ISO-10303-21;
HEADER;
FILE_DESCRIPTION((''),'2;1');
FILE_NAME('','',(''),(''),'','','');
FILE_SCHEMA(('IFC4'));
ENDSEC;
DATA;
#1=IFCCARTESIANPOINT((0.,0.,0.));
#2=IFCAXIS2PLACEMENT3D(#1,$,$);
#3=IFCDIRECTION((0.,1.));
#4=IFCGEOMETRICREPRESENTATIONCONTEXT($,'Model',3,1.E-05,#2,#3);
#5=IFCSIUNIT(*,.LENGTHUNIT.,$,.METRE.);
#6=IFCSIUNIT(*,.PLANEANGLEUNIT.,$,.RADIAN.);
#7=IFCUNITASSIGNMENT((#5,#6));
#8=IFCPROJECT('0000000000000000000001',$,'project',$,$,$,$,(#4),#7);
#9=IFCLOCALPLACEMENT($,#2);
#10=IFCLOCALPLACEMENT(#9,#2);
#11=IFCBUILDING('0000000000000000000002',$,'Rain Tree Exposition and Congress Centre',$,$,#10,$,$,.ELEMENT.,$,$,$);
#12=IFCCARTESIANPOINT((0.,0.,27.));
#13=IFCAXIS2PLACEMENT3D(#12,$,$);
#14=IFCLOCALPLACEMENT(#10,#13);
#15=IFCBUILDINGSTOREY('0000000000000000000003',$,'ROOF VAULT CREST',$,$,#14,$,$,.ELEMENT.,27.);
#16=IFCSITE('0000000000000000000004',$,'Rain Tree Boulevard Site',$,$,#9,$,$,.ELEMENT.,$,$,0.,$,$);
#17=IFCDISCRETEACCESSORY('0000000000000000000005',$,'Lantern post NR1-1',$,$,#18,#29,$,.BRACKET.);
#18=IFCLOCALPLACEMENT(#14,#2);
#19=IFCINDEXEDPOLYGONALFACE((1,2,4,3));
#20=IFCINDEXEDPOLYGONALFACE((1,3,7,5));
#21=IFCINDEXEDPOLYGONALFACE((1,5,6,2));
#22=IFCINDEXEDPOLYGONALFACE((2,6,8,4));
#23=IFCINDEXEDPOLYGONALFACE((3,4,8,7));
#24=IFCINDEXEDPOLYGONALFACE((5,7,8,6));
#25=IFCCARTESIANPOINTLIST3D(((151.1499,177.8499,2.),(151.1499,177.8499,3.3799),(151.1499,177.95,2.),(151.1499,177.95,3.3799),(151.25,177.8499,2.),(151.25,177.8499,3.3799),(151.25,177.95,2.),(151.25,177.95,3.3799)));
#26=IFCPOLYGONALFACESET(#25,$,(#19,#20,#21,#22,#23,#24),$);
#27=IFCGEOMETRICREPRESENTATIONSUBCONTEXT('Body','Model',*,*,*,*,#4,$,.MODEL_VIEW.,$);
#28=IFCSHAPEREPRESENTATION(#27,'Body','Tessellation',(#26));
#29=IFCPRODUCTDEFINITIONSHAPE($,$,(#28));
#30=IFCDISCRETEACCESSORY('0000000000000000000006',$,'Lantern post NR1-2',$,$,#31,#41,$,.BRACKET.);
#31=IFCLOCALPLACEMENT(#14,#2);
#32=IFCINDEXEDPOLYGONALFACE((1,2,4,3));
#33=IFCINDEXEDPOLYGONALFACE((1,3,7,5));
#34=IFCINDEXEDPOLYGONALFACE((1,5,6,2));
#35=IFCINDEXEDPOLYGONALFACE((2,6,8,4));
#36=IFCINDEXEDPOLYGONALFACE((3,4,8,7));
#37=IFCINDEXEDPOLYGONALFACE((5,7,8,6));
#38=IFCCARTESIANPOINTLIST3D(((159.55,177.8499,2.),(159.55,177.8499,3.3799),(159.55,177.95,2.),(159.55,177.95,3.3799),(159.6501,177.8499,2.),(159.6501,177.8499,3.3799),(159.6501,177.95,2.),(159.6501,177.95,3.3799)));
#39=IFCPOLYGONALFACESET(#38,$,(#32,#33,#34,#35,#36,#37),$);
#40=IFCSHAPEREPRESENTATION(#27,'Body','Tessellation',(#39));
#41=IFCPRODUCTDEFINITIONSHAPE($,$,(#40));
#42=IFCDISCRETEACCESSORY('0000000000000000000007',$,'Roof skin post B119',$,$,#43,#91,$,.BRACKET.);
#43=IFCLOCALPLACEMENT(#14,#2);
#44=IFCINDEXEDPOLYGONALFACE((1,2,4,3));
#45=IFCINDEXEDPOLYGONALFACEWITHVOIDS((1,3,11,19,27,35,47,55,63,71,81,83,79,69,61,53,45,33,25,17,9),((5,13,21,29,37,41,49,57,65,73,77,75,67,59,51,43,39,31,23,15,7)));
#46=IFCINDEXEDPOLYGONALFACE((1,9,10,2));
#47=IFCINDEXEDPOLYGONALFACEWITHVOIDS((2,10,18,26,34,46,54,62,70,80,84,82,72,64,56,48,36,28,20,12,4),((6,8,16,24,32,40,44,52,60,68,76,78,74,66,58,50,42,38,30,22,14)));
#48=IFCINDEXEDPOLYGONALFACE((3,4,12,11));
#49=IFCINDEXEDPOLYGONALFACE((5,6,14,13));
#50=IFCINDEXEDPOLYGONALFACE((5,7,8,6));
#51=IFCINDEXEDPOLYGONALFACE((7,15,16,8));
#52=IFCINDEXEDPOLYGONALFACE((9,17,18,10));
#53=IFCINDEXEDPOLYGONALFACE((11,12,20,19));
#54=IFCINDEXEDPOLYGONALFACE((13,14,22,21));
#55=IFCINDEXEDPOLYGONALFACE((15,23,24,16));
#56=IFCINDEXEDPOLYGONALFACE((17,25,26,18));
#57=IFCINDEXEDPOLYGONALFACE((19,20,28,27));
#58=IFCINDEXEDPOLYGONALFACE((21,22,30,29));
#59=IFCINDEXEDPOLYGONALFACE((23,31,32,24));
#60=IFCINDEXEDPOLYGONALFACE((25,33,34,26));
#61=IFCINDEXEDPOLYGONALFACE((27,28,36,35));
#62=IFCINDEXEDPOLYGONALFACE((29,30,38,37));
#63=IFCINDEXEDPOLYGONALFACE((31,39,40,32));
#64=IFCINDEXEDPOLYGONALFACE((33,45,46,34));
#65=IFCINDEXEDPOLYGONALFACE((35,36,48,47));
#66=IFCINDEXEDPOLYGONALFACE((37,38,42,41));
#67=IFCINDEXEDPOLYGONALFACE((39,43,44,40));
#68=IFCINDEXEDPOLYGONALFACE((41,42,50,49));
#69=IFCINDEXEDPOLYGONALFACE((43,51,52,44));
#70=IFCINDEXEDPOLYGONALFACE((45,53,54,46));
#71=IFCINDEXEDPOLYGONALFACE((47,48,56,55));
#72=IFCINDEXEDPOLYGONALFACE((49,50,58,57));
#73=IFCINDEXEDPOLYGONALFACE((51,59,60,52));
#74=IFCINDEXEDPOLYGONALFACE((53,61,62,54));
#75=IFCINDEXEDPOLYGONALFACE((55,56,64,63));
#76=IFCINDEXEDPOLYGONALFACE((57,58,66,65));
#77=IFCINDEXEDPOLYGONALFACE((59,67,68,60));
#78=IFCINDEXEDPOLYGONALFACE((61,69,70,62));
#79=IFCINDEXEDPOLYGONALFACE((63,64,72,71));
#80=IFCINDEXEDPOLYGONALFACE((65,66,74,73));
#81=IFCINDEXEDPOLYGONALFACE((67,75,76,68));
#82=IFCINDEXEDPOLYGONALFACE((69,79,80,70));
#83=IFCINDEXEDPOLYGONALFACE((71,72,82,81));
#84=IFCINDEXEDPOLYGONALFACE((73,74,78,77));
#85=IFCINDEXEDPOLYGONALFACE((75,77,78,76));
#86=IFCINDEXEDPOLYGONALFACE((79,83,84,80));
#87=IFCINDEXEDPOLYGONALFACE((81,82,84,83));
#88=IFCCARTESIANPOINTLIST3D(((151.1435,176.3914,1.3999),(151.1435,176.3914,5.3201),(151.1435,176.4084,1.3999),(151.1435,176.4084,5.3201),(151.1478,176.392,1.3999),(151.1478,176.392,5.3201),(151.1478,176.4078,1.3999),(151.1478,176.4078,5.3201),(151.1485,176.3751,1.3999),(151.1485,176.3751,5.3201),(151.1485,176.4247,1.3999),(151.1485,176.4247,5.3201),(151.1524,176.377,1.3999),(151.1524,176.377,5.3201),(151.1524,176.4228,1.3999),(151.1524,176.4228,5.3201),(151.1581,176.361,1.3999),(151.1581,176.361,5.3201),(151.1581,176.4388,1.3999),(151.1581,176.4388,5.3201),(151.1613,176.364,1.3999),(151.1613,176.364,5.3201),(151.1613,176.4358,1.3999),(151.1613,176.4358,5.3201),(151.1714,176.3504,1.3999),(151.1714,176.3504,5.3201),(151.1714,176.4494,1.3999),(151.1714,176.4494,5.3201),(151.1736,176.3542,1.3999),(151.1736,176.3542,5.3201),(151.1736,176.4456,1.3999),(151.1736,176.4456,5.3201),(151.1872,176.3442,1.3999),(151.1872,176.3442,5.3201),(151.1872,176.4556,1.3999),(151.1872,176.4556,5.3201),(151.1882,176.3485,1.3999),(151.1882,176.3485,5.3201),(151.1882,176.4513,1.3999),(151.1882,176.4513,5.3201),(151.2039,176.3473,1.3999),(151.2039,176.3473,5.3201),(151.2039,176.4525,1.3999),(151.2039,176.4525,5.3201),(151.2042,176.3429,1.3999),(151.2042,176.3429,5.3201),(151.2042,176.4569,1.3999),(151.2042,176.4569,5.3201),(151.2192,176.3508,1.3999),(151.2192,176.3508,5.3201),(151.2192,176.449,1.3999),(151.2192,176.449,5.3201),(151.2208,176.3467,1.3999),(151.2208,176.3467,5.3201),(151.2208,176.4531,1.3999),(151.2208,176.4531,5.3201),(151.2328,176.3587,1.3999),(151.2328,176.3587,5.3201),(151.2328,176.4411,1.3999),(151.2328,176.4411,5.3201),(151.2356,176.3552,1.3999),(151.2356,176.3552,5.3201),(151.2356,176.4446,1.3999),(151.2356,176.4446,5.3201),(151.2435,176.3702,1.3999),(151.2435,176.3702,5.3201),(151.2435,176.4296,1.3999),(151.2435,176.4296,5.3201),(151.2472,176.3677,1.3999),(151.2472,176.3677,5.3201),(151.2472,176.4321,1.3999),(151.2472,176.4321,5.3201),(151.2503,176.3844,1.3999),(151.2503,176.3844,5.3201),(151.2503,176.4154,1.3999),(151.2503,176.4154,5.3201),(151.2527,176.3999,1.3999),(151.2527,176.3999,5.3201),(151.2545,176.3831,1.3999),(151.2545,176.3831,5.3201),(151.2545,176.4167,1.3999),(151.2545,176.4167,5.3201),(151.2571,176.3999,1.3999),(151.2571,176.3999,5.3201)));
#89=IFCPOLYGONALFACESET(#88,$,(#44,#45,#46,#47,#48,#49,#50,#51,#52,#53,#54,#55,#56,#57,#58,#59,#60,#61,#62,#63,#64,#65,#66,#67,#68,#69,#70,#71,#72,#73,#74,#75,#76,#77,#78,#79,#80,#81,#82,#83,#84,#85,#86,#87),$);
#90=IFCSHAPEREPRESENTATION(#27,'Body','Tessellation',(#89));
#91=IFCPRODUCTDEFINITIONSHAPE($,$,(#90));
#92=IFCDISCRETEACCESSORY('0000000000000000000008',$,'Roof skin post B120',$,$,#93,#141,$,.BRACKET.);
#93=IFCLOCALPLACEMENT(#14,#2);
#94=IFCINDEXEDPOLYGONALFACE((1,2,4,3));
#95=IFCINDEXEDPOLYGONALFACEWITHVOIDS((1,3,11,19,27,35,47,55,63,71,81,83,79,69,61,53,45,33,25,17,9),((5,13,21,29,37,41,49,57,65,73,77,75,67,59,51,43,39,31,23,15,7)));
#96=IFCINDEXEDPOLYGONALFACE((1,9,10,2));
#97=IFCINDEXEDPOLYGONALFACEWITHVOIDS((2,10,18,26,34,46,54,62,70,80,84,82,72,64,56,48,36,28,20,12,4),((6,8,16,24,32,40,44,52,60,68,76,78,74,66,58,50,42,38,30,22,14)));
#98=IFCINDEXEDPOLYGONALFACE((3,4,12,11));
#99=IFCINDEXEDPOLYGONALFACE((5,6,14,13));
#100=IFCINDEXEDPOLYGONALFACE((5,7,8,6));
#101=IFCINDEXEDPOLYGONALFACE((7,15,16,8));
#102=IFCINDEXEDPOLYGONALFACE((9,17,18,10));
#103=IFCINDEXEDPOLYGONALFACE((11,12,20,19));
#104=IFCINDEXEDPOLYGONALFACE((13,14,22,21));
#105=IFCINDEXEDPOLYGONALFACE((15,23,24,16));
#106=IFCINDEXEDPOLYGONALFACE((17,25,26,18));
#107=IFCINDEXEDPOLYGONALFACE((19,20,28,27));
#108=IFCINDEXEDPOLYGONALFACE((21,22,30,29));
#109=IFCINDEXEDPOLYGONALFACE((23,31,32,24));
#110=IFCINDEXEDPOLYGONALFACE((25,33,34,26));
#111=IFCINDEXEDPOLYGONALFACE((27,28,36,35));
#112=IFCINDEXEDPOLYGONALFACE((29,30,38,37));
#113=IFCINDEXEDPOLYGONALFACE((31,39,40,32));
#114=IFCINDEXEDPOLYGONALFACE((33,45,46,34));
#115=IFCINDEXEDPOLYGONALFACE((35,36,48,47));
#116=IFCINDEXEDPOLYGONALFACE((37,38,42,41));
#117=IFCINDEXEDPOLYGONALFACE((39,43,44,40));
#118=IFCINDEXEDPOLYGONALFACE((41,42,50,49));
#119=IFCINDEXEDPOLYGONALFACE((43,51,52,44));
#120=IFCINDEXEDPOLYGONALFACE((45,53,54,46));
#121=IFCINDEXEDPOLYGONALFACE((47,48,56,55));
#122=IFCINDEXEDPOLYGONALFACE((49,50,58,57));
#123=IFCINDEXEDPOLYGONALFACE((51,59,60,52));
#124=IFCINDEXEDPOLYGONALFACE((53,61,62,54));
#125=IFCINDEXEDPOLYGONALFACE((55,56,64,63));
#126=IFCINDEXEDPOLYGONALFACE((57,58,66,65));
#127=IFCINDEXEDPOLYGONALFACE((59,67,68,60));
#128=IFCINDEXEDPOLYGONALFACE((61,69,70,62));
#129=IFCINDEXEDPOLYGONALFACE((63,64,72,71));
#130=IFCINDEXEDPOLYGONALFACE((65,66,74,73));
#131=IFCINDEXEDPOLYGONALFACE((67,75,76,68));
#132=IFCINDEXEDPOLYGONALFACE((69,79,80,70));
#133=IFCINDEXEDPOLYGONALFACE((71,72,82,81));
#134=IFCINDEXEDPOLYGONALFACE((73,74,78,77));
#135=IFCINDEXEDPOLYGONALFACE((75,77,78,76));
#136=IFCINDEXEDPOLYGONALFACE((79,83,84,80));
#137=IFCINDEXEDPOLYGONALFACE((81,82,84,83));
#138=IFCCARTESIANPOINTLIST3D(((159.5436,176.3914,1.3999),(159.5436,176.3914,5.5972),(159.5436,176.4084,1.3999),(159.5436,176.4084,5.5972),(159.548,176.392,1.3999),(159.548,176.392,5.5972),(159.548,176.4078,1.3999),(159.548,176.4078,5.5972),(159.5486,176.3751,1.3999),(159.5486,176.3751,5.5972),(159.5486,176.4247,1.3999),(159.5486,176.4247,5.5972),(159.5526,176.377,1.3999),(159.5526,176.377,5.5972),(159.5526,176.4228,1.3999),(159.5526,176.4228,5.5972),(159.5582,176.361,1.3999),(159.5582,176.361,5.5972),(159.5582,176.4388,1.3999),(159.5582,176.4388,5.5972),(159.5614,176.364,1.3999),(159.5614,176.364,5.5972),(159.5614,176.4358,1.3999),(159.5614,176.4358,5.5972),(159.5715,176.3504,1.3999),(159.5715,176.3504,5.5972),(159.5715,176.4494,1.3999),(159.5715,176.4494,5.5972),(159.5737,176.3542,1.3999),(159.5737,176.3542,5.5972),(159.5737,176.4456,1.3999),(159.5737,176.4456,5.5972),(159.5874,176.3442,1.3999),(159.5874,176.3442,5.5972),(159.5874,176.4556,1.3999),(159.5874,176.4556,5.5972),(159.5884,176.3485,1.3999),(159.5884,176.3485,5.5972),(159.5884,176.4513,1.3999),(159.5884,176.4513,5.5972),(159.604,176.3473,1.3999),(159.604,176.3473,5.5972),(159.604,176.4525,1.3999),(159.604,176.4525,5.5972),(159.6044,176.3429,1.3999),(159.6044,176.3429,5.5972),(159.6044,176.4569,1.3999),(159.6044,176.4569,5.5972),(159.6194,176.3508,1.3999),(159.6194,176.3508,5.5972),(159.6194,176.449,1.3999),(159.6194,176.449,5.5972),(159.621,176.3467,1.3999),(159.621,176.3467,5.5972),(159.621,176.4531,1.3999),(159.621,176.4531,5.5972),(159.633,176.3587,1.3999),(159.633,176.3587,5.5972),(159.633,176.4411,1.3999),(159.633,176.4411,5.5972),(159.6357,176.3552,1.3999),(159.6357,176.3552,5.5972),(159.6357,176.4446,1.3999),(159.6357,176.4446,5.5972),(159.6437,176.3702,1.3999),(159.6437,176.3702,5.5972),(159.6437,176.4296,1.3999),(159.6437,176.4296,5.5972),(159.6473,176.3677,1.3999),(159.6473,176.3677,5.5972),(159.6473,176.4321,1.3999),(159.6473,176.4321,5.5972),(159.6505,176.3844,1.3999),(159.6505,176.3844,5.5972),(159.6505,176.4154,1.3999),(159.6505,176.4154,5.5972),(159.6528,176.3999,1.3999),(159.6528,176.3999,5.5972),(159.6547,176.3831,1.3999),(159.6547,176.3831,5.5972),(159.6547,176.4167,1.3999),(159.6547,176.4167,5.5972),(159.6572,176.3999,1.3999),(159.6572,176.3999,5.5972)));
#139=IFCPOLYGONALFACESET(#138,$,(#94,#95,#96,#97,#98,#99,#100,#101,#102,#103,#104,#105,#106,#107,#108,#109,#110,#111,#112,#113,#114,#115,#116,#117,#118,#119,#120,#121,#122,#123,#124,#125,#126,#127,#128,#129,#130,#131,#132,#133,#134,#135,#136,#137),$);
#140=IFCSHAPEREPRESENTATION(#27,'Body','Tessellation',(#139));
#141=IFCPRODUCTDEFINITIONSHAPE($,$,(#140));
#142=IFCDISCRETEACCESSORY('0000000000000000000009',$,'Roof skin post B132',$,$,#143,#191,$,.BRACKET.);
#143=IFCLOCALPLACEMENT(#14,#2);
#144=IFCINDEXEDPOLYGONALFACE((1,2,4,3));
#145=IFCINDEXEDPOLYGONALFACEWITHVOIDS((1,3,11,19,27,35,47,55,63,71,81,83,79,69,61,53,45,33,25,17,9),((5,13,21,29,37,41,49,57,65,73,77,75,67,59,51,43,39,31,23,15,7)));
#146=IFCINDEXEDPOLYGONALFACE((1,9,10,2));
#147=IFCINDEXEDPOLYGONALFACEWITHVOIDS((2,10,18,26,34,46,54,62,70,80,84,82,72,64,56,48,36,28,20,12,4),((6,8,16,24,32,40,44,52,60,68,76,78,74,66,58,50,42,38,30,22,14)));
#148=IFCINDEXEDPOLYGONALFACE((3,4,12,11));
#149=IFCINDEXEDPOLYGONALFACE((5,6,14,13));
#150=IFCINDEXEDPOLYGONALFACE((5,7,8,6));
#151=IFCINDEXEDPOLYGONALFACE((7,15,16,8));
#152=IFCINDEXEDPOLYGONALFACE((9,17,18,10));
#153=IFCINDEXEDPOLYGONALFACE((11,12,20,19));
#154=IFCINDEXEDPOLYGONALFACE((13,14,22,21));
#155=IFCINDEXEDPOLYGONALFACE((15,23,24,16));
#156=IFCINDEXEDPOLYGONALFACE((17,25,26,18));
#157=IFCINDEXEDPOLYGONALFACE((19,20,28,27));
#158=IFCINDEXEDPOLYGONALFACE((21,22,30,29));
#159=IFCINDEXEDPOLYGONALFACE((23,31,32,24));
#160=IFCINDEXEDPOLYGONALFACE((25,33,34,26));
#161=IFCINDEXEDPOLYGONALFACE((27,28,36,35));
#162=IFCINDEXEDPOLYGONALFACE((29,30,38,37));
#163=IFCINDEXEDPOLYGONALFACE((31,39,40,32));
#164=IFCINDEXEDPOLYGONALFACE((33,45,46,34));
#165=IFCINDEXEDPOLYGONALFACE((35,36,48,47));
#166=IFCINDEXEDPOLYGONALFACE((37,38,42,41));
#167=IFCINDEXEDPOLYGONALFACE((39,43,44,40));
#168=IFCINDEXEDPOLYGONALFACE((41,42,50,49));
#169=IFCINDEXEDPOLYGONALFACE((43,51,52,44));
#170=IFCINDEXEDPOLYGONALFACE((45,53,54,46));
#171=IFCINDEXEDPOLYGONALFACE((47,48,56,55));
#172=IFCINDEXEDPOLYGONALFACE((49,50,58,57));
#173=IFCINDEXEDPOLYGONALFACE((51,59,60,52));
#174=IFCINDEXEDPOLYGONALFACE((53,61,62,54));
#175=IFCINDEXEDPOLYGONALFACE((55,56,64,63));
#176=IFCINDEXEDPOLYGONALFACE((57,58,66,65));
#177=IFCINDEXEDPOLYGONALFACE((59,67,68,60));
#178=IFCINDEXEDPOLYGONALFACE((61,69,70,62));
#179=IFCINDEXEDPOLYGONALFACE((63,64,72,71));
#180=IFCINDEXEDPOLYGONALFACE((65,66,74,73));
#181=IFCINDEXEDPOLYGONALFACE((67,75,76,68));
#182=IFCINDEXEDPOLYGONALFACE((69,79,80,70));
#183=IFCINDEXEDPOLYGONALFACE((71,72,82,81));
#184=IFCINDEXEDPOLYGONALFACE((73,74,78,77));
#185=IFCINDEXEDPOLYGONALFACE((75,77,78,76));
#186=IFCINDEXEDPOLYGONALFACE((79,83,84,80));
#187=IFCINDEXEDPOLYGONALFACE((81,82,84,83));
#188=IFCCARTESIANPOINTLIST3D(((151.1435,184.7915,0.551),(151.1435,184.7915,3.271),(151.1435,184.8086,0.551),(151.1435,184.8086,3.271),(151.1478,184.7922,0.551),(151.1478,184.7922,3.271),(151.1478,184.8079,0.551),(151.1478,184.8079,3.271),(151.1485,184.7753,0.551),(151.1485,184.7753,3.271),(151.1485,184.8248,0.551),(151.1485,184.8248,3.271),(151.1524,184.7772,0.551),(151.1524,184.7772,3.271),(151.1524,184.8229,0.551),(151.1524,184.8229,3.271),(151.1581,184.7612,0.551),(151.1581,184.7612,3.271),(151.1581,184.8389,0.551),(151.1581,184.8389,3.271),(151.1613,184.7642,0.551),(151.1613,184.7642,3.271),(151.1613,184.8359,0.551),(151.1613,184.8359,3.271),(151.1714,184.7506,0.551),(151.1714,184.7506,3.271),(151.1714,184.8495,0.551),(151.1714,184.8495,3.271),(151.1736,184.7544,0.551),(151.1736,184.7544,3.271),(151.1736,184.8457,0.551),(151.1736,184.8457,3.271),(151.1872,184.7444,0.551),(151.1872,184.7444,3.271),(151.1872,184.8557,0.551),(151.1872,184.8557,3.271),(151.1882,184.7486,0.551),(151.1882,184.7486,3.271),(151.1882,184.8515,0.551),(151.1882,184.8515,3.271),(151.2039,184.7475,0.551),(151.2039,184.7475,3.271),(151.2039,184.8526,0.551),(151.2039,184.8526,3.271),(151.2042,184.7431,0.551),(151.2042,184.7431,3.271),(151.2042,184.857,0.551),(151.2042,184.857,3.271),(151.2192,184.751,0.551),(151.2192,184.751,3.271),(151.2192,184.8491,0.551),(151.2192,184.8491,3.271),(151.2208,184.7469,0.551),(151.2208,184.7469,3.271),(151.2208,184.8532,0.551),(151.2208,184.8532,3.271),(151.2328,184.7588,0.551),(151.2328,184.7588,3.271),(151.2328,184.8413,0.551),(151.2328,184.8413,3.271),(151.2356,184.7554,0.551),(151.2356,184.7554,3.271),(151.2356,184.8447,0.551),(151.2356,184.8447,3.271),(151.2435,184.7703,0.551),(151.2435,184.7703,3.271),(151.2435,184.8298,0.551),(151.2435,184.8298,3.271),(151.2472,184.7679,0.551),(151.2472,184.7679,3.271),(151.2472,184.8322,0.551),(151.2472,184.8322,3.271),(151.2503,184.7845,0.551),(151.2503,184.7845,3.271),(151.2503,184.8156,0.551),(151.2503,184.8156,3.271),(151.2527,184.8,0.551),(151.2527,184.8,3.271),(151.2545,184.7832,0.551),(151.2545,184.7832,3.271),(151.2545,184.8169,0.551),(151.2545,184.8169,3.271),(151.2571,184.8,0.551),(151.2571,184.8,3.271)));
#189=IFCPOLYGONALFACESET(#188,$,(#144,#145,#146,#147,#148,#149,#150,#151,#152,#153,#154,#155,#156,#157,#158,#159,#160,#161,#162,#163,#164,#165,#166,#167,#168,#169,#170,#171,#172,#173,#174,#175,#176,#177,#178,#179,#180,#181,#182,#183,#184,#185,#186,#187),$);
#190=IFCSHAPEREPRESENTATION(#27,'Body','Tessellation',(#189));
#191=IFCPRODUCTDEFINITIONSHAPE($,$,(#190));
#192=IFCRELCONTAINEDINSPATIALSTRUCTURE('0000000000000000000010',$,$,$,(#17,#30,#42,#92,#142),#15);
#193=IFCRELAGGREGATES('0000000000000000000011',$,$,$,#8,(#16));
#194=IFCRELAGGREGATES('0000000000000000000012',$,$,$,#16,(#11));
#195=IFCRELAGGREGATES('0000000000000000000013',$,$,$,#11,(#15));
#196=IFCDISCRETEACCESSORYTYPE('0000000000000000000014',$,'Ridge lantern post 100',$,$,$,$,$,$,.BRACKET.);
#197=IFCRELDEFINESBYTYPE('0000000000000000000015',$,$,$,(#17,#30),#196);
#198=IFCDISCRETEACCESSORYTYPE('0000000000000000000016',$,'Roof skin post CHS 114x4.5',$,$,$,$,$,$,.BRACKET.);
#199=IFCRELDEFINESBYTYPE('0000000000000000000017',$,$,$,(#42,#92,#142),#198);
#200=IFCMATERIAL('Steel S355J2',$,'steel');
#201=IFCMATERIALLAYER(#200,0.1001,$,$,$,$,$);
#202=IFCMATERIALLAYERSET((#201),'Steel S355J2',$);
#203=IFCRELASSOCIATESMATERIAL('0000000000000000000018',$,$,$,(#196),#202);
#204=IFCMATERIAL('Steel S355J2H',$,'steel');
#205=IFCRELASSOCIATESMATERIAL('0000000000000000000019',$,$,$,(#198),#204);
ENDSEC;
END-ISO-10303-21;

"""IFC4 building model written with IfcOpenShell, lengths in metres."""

from ifc_helpers import new_model, si_unit, direction, frame, origin, origin_2d, place, context, subcontext, project, spatial, rectangle, hollow_circle, extrude, material, layer, layer_set, material_profile, profile_set, type_object, element, save


model = new_model("IFC4")

# Units and contexts
model_context = context("Model", 3, precision=1e-05, world=origin(), true_north=direction((0.0, 1.0)))
body_context = subcontext(model_context, "Body", "Model", "MODEL_VIEW")
ifc_project = project(units=[si_unit("LENGTHUNIT", "METRE"), si_unit("PLANEANGLEUNIT", "RADIAN")], contexts=[model_context])

# Site, building, storey
site_placement = place(None, origin())
site = spatial("IfcSite", under=ifc_project, at=site_placement, Name="Rain Tree Boulevard Site", CompositionType="ELEMENT", RefElevation=0.0)
building_placement = place(site_placement, origin())
building = spatial("IfcBuilding", under=site, at=building_placement, Name="Rain Tree Exposition and Congress Centre", CompositionType="ELEMENT")
storey_placement = place(building_placement, frame((0.0, 0.0, 27.0)))
storey = spatial("IfcBuildingStorey", under=building, at=storey_placement, Name="ROOF VAULT CREST", CompositionType="ELEMENT", Elevation=27.0)

# Discrete accessories
ifc_material_1 = material(Name="Steel S355J2", Category="steel")
ifc_layer_1 = layer(ifc_material_1, 0.1001)
ifc_layer_set_1 = layer_set([ifc_layer_1], Name="Steel S355J2")
discrete_accessory_type_1 = type_object("IfcDiscreteAccessoryType", Name="Ridge lantern post 100", PredefinedType="BRACKET", material=ifc_layer_set_1)
for number, where, z_axis, x_axis, name in (
    (1, (151.2, 177.8999, 2.0), (0.0, 0.0, 1.0), (1.0, 0.0, 0.0), "Lantern post NR1-1"),
    (2, (159.6001, 177.8999, 2.0), (0.0, 0.0, 1.0), (1.0, 0.0, 0.0), "Lantern post NR1-2"),
):
    element("IfcDiscreteAccessory", number, at=place(storey_placement, frame(where, z_axis=z_axis, x_axis=x_axis)), inside=storey, type_object=discrete_accessory_type_1, Name=name, PredefinedType="BRACKET", context=body_context, shape_type="SweptSolid", body=[
        extrude(rectangle(XDim=0.1001, YDim=0.1001, at=origin_2d()), origin(), (0.0, 0.0, 1.0), 1.3799),
    ])
ifc_material_2 = material(Name="Steel S355J2H", Category="steel")
ifc_material_profile_1 = material_profile(ifc_material_2, hollow_circle(Radius=0.0571, WallThickness=0.0044, at=origin_2d()), Name="CHS 114x4.5")
ifc_profile_set_1 = profile_set([ifc_material_profile_1], Name="Steel S355J2H")
discrete_accessory_type_2 = type_object("IfcDiscreteAccessoryType", Name="Roof skin post CHS 114x4.5", PredefinedType="BRACKET", material=ifc_profile_set_1)
discrete_accessory_1_placement = place(storey_placement, frame((151.2, 176.3999, 1.3999), z_axis=(0.0, 0.0, 1.0), x_axis=(1.0, 0.0, 0.0)))
element("IfcDiscreteAccessory", 3, at=discrete_accessory_1_placement, inside=storey, type_object=discrete_accessory_type_2, Name="Roof skin post B119", PredefinedType="BRACKET", context=body_context, shape_type="SweptSolid", body=[
    extrude(hollow_circle(Radius=0.0571, WallThickness=0.0044, at=origin_2d()), origin(), (0.0, 0.0, 1.0), 3.9202),
])
discrete_accessory_2_placement = place(storey_placement, frame((159.6001, 176.3999, 1.3999), z_axis=(0.0, 0.0, 1.0), x_axis=(1.0, 0.0, 0.0)))
element("IfcDiscreteAccessory", 4, at=discrete_accessory_2_placement, inside=storey, type_object=discrete_accessory_type_2, Name="Roof skin post B120", PredefinedType="BRACKET", context=body_context, shape_type="SweptSolid", body=[
    extrude(hollow_circle(Radius=0.0571, WallThickness=0.0044, at=origin_2d()), origin(), (0.0, 0.0, 1.0), 4.1973),
])
discrete_accessory_3_placement = place(storey_placement, frame((151.2, 184.8, 0.551), z_axis=(0.0, 0.0, 1.0), x_axis=(1.0, 0.0, 0.0)))
element("IfcDiscreteAccessory", 5, at=discrete_accessory_3_placement, inside=storey, type_object=discrete_accessory_type_2, Name="Roof skin post B132", PredefinedType="BRACKET", context=body_context, shape_type="SweptSolid", body=[
    extrude(hollow_circle(Radius=0.0571, WallThickness=0.0044, at=origin_2d()), origin(), (0.0, 0.0, 1.0), 2.72),
])

save(model, "model.ifc")
